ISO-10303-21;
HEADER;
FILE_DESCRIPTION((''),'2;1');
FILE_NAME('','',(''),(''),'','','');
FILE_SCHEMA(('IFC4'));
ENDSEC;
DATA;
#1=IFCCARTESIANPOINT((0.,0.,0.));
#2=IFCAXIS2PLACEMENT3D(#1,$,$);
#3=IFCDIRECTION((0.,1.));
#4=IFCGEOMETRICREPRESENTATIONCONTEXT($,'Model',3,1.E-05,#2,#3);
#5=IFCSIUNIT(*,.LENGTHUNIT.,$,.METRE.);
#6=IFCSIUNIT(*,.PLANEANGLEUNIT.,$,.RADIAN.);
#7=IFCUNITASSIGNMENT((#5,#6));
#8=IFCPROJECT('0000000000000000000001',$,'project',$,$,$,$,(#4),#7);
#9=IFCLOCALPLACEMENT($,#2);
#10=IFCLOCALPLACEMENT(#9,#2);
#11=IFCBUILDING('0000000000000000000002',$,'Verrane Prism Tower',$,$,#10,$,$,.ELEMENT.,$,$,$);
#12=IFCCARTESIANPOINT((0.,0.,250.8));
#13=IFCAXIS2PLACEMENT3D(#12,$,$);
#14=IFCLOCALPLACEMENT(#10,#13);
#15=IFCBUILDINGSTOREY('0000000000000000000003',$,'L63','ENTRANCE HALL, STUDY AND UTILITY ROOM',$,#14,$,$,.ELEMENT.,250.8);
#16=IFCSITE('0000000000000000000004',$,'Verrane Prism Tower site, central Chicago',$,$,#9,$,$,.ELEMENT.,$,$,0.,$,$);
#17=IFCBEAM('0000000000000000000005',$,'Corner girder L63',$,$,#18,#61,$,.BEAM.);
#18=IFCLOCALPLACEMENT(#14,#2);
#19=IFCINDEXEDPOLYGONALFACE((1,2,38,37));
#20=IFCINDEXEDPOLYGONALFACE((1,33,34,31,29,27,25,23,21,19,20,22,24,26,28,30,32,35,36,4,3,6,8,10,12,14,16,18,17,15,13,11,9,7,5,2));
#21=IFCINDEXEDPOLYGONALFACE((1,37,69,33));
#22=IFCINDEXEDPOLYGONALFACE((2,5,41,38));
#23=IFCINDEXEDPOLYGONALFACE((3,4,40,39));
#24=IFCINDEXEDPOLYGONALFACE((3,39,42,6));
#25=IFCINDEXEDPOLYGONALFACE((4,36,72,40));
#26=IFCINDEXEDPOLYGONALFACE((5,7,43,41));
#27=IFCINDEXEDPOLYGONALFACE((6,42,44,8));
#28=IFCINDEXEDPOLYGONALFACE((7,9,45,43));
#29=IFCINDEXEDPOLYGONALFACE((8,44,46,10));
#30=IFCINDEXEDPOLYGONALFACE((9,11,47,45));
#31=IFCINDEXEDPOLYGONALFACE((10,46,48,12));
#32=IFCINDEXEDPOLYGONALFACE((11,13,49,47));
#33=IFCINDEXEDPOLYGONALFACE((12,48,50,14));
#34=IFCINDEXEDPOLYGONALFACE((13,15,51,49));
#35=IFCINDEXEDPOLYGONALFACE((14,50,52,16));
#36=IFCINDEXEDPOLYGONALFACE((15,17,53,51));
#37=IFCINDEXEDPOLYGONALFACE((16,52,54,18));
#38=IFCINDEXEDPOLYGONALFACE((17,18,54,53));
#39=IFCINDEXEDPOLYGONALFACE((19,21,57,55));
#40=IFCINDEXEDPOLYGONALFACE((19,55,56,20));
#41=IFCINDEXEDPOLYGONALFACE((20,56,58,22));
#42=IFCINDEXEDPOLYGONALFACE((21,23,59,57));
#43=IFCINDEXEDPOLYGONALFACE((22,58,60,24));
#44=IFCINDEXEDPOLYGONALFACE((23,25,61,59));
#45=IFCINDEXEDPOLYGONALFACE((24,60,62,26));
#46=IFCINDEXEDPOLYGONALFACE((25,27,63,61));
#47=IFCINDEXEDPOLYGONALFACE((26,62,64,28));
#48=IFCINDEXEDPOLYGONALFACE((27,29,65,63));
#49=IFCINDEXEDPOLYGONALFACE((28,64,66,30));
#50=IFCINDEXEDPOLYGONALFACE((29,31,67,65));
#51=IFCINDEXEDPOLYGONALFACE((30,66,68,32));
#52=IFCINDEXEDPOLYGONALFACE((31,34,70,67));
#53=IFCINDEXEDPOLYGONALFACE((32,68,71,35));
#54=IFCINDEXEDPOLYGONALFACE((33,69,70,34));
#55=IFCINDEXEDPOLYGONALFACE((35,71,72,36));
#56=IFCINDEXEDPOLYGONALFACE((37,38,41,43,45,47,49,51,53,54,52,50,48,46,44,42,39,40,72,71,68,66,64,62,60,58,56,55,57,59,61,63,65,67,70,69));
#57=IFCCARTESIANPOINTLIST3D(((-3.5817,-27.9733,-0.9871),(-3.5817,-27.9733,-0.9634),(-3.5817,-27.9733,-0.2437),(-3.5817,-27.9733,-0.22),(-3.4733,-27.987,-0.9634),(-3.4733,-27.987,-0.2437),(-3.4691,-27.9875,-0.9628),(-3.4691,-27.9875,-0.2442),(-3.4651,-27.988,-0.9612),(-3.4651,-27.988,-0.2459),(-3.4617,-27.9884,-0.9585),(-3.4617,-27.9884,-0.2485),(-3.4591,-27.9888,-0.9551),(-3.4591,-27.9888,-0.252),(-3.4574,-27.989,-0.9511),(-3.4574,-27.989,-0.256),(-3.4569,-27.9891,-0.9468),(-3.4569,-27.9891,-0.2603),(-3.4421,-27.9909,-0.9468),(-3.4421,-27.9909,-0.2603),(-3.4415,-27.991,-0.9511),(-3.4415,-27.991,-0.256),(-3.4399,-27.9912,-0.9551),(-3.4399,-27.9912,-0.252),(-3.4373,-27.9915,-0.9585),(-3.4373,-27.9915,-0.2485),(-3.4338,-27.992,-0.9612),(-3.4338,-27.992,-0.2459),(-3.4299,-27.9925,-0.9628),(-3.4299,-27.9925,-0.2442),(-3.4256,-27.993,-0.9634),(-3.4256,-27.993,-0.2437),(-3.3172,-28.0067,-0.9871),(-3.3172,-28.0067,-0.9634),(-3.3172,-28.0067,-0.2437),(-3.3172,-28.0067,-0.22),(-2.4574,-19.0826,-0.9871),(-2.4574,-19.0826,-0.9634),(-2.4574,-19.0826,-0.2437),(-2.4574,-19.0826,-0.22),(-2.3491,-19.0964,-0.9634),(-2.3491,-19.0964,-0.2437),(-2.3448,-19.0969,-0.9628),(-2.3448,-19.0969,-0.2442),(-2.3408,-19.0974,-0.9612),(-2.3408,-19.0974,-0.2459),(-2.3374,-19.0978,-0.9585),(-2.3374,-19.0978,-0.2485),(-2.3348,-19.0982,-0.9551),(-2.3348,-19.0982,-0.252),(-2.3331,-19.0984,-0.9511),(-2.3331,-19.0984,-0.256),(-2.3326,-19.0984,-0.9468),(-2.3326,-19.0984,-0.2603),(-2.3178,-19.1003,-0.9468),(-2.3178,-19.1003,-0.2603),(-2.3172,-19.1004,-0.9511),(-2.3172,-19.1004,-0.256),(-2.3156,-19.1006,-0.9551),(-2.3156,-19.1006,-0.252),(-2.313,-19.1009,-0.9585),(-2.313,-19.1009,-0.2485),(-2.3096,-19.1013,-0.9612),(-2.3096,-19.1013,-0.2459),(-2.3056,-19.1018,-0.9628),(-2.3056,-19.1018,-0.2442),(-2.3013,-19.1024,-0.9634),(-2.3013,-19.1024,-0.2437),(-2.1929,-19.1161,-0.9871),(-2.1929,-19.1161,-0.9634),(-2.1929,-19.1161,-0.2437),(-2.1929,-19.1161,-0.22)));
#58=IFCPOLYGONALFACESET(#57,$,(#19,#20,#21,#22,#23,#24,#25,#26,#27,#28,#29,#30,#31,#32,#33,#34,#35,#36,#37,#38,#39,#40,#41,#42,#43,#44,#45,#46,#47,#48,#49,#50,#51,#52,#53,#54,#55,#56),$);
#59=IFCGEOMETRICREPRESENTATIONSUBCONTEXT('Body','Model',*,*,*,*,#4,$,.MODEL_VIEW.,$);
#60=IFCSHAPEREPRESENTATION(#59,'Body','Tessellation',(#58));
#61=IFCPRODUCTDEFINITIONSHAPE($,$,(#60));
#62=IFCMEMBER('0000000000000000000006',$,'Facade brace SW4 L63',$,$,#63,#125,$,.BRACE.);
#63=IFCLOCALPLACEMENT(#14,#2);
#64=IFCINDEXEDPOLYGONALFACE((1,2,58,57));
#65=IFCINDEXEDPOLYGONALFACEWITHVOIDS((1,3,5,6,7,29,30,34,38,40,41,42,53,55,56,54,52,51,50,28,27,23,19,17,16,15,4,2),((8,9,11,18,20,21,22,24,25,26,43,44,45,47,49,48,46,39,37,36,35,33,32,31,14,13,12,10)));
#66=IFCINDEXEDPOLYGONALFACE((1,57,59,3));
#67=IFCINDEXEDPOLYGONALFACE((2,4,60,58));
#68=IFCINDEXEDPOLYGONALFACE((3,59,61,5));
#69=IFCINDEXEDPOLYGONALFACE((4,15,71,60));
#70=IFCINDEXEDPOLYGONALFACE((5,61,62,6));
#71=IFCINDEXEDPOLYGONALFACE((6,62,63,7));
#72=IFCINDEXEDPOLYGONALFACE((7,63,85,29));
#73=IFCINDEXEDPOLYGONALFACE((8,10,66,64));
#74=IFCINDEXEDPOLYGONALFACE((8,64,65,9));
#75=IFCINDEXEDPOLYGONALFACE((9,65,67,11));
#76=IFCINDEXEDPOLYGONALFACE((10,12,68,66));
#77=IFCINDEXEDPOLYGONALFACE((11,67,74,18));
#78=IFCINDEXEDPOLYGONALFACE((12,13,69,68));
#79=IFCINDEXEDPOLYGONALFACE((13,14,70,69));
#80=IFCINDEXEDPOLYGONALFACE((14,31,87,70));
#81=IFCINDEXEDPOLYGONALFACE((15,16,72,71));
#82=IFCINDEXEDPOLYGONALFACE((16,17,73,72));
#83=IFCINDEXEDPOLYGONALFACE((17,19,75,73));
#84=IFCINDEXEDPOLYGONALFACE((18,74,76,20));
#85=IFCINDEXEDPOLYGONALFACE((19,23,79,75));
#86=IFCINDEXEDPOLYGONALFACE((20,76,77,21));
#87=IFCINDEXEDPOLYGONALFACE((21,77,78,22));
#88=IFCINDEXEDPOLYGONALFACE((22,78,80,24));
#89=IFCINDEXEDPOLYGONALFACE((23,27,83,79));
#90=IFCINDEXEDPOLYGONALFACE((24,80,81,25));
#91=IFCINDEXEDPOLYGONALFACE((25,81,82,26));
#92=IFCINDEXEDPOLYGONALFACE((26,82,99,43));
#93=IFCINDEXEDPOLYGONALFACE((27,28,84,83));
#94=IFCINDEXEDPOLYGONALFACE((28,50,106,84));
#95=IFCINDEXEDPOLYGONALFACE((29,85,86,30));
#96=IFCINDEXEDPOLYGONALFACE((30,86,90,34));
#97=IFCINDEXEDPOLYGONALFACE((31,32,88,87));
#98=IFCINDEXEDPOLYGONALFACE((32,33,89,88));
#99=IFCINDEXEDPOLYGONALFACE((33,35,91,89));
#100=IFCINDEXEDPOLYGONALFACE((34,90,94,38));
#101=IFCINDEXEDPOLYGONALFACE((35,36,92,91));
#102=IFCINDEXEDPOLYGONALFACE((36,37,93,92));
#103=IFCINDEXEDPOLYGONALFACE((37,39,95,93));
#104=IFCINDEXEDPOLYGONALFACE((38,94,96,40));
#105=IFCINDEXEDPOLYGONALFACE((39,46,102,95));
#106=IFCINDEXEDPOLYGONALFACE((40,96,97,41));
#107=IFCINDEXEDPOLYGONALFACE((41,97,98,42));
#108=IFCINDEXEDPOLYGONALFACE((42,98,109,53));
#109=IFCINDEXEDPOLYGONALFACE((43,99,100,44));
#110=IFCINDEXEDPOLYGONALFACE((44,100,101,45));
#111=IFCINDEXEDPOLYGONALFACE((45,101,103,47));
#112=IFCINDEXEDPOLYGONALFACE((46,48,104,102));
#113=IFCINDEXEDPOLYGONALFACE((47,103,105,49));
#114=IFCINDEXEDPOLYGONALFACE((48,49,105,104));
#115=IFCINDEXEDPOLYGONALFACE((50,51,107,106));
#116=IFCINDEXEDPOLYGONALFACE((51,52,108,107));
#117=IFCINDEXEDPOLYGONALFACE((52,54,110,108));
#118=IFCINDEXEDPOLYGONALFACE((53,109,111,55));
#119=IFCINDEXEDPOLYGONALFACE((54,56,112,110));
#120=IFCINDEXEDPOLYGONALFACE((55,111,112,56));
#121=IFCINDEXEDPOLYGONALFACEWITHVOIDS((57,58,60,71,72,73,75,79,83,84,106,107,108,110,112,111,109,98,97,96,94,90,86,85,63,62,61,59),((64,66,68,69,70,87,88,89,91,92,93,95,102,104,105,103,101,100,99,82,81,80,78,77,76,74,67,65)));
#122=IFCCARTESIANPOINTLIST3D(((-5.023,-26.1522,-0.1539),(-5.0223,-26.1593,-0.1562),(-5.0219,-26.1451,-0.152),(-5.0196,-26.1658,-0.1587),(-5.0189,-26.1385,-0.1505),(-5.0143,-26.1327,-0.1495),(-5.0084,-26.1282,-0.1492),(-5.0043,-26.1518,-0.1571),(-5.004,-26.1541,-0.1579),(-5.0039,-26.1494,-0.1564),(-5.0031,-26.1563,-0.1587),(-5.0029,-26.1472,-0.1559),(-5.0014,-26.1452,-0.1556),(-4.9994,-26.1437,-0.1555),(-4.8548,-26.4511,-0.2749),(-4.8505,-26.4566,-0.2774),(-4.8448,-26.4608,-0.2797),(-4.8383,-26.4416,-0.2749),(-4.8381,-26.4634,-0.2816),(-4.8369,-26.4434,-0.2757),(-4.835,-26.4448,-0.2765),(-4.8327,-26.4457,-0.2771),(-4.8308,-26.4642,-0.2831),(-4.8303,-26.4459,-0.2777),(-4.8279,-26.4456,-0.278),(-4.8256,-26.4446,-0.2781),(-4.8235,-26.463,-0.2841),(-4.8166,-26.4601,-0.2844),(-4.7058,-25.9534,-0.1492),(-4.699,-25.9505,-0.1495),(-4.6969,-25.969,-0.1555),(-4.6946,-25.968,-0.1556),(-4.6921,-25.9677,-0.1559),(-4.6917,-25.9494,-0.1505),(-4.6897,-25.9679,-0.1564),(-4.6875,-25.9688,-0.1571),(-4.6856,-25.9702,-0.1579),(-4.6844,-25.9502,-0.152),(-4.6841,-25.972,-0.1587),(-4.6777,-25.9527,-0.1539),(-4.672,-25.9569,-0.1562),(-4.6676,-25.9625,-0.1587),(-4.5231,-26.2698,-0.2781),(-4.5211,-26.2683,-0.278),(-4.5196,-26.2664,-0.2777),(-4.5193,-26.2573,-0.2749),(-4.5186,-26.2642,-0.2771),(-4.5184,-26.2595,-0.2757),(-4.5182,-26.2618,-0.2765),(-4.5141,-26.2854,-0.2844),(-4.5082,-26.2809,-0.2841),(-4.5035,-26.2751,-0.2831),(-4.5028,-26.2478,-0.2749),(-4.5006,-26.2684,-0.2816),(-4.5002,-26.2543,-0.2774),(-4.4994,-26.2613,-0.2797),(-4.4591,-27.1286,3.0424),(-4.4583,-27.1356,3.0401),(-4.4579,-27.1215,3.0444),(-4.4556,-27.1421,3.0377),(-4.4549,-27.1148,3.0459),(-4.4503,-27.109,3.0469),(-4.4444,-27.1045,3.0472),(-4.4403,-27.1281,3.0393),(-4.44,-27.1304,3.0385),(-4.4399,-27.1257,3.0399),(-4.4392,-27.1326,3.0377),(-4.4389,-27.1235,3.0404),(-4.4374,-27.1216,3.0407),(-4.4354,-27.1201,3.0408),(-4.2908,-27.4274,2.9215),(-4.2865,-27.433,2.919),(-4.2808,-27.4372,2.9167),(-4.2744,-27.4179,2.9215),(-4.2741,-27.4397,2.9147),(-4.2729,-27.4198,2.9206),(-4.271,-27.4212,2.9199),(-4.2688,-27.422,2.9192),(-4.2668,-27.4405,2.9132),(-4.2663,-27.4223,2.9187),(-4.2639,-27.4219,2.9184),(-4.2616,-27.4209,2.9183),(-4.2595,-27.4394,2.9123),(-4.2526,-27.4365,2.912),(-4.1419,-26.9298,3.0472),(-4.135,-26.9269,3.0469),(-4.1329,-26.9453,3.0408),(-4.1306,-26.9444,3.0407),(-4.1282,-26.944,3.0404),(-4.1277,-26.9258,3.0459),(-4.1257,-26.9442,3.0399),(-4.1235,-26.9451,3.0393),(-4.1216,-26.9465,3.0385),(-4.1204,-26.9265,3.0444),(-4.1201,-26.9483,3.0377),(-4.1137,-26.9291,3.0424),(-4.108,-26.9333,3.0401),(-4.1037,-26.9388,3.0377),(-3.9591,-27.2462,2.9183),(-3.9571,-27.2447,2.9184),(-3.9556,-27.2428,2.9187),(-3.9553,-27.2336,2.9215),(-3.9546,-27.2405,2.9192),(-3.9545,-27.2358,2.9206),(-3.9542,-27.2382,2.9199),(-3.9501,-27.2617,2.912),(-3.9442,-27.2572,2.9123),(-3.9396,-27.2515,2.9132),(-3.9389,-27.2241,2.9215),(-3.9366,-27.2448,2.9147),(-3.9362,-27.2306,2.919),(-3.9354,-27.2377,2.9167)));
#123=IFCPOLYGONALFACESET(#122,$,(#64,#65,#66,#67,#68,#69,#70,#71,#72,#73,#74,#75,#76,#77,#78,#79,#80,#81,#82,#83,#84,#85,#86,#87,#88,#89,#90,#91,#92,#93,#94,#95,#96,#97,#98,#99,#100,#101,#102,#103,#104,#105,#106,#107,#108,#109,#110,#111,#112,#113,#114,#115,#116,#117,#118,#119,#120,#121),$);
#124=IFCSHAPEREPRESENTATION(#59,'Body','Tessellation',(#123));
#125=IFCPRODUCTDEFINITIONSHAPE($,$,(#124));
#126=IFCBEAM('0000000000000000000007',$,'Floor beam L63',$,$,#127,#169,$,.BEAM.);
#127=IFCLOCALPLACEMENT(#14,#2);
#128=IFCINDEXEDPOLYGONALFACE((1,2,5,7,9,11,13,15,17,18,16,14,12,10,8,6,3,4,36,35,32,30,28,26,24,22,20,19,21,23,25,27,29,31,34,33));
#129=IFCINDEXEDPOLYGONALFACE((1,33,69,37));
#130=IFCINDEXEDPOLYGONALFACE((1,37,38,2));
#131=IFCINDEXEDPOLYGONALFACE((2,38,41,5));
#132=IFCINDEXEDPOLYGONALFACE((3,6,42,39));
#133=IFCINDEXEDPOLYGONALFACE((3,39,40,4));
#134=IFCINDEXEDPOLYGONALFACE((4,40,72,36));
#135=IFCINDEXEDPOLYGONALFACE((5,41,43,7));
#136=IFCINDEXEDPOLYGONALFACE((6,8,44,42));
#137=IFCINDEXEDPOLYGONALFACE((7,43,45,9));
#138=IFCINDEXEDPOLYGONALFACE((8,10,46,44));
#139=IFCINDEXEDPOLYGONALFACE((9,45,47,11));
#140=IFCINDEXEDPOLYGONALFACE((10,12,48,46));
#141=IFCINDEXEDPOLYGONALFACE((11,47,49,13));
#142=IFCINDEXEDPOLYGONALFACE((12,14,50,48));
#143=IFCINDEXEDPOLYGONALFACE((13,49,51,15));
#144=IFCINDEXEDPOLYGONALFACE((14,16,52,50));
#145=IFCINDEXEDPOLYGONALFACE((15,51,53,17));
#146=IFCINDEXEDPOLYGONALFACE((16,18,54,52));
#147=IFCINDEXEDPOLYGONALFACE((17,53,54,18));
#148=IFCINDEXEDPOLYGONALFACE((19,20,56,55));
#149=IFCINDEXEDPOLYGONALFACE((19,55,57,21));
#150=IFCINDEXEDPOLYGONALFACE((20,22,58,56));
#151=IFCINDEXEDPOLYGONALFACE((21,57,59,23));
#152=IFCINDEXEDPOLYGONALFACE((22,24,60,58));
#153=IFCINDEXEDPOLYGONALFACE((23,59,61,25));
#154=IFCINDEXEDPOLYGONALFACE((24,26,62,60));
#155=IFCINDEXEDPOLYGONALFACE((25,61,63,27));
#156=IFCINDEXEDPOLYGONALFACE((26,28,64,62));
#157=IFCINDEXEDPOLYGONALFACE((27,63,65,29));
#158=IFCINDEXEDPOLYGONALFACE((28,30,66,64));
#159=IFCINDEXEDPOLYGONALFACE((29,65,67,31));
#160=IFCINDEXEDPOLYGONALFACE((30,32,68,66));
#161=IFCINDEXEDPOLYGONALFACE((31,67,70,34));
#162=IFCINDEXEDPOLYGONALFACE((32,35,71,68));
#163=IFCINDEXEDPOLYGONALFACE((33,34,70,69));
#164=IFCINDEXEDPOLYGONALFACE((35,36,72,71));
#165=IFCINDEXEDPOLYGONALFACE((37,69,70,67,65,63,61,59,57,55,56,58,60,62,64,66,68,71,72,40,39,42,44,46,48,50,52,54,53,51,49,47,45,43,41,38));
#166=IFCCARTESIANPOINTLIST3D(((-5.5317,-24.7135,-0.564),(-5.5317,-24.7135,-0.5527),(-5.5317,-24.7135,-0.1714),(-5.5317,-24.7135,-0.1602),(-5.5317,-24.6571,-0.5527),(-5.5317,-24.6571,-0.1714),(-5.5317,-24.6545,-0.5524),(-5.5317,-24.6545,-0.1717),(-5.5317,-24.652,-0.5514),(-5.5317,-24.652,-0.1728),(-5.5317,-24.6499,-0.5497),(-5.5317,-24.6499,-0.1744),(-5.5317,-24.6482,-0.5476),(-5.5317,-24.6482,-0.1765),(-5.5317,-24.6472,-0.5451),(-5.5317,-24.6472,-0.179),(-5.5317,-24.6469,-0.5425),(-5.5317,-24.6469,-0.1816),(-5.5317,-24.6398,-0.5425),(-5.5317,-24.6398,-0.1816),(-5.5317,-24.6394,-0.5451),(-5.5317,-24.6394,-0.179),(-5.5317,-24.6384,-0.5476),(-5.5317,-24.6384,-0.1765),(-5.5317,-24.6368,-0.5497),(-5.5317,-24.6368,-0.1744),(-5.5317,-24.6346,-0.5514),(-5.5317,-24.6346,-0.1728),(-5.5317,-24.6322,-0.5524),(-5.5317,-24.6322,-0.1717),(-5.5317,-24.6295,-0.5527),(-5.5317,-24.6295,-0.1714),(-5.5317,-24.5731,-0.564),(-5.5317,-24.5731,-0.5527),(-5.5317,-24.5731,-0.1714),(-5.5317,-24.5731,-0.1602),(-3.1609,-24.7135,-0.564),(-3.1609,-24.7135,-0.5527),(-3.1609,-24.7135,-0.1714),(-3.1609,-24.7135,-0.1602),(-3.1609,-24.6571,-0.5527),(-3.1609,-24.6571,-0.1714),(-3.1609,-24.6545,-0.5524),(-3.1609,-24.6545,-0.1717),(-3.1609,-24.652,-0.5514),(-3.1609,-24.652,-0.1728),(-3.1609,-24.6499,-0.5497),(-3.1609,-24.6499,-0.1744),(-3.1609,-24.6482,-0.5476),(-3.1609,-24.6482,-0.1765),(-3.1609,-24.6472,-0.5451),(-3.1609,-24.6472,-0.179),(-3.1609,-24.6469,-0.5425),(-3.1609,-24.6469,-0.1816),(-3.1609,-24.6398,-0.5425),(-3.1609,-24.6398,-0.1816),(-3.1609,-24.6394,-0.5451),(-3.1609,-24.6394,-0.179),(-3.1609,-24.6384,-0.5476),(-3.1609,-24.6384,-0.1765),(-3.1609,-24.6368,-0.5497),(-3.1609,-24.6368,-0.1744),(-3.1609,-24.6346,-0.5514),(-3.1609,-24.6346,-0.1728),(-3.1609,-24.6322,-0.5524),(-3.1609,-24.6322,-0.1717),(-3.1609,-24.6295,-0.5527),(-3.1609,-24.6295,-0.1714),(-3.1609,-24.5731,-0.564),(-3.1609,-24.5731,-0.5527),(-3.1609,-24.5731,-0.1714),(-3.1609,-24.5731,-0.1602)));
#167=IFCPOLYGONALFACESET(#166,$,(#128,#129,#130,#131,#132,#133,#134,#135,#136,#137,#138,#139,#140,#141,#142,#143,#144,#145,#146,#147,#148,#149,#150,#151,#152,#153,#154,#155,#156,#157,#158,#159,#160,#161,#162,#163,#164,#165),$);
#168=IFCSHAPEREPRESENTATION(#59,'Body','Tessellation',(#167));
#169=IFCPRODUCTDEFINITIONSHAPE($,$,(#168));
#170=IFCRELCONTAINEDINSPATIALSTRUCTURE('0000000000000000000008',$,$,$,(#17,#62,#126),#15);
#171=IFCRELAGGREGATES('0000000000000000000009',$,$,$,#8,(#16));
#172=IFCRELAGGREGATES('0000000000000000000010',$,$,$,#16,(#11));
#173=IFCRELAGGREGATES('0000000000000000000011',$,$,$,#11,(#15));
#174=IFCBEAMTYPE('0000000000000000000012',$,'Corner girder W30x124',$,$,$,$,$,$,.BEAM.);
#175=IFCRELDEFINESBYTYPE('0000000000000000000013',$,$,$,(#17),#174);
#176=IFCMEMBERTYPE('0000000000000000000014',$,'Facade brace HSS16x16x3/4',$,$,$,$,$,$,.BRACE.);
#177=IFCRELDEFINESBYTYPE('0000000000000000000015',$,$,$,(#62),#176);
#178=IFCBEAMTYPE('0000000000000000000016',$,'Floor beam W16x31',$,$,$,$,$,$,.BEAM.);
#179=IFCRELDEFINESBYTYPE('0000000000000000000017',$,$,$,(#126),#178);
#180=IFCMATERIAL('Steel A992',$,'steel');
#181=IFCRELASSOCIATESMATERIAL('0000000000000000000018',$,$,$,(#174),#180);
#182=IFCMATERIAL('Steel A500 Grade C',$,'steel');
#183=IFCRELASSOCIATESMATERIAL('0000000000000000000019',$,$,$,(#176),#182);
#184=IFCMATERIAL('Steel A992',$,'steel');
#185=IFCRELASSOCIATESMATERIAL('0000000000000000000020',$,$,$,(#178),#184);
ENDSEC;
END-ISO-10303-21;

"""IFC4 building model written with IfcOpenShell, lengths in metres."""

from ifc_helpers import new_model, si_unit, direction, frame, origin, origin_2d, place, context, subcontext, project, spatial, hollow_rectangle, i_section, extrude, material, material_profile, profile_set, type_object, element, save


model = new_model("IFC4")

# Units and contexts
model_context = context("Model", 3, precision=1e-05, world=origin(), true_north=direction((0.0, 1.0)))
body_context = subcontext(model_context, "Body", "Model", "MODEL_VIEW")
ifc_project = project(units=[si_unit("LENGTHUNIT", "METRE"), si_unit("PLANEANGLEUNIT", "RADIAN")], contexts=[model_context])

# Site, building, storey
site_placement = place(None, origin())
site = spatial("IfcSite", under=ifc_project, at=site_placement, Name="Verrane Prism Tower site, central Chicago", CompositionType="ELEMENT", RefElevation=0.0)
building_placement = place(site_placement, origin())
building = spatial("IfcBuilding", under=site, at=building_placement, Name="Verrane Prism Tower", CompositionType="ELEMENT")
storey_placement = place(building_placement, frame((0.0, 0.0, 250.8)))
storey = spatial("IfcBuildingStorey", under=building, at=storey_placement, Name="L63", Description="ENTRANCE HALL, STUDY AND UTILITY ROOM", CompositionType="ELEMENT", Elevation=250.8)

# Beam
ifc_material_1 = material(Name="Steel A992", Category="steel")
ifc_material_profile_1 = material_profile(ifc_material_1, i_section(OverallWidth=0.2666, OverallDepth=0.7671, WebThickness=0.0149, FlangeThickness=0.0237, FilletRadius=0.0166, at=origin_2d()), Name="W30x124")
ifc_profile_set_1 = profile_set([ifc_material_profile_1], Name="Steel A992")
beam_type_1 = type_object("IfcBeamType", Name="Corner girder W30x124", PredefinedType="BEAM", material=ifc_profile_set_1)
beam_1_placement = place(storey_placement, frame((-3.4495, -27.99, -0.6035), z_axis=(0.125456, 0.992099, 0.0), x_axis=(-0.992099, 0.125456, 0.0)))
element("IfcBeam", 1, at=beam_1_placement, inside=storey, type_object=beam_type_1, Name="Corner girder L63", PredefinedType="BEAM", context=body_context, shape_type="SweptSolid", body=[
    extrude(i_section(OverallWidth=0.2666, OverallDepth=0.7671, WebThickness=0.0149, FlangeThickness=0.0237, FilletRadius=0.0166, at=origin_2d()), origin(), (0.0, 0.0, 1.0), 8.9614),
])

# Member
ifc_material_2 = material(Name="Steel A500 Grade C", Category="steel")
ifc_material_profile_2 = material_profile(ifc_material_2, hollow_rectangle(XDim=0.4065, YDim=0.4065, WallThickness=0.019, InnerFilletRadius=0.0095, OuterFilletRadius=0.0286, at=origin_2d()), Name="HSS16x16x3/4")
ifc_profile_set_2 = profile_set([ifc_material_profile_2], Name="Steel A500 Grade C")
member_type_1 = type_object("IfcMemberType", Name="Facade brace HSS16x16x3/4", PredefinedType="BRACE", material=ifc_profile_set_2)
member_1_placement = place(storey_placement, frame((-4.7612, -26.2068, -0.2168), z_axis=(0.166394, -0.288057, 0.943046), x_axis=(0.865915, 0.500191, 0.0)))
element("IfcMember", 2, at=member_1_placement, inside=storey, type_object=member_type_1, Name="Facade brace SW4 L63", PredefinedType="BRACE", context=body_context, shape_type="SweptSolid", body=[
    extrude(hollow_rectangle(XDim=0.4065, YDim=0.4065, WallThickness=0.019, InnerFilletRadius=0.0095, OuterFilletRadius=0.0286, at=origin_2d()), origin(), (0.0, 0.0, 1.0), 3.3894),
])

# Beam
ifc_material_3 = material(Name="Steel A992", Category="steel")
ifc_material_profile_3 = material_profile(ifc_material_3, i_section(OverallWidth=0.1404, OverallDepth=0.4038, WebThickness=0.0071, FlangeThickness=0.0112, FilletRadius=0.0103, at=origin_2d()), Name="W16x31")
ifc_profile_set_3 = profile_set([ifc_material_profile_3], Name="Steel A992")
beam_type_2 = type_object("IfcBeamType", Name="Floor beam W16x31", PredefinedType="BEAM", material=ifc_profile_set_3)
beam_2_placement = place(storey_placement, frame((-5.5317, -24.6433, -0.3621), z_axis=(1.0, 0.0, 0.0), x_axis=(0.0, 1.0, 0.0)))
element("IfcBeam", 3, at=beam_2_placement, inside=storey, type_object=beam_type_2, Name="Floor beam L63", PredefinedType="BEAM", context=body_context, shape_type="SweptSolid", body=[
    extrude(i_section(OverallWidth=0.1404, OverallDepth=0.4038, WebThickness=0.0071, FlangeThickness=0.0112, FilletRadius=0.0103, at=origin_2d()), origin(), (0.0, 0.0, 1.0), 2.3708),
])

save(model, "model.ifc")
